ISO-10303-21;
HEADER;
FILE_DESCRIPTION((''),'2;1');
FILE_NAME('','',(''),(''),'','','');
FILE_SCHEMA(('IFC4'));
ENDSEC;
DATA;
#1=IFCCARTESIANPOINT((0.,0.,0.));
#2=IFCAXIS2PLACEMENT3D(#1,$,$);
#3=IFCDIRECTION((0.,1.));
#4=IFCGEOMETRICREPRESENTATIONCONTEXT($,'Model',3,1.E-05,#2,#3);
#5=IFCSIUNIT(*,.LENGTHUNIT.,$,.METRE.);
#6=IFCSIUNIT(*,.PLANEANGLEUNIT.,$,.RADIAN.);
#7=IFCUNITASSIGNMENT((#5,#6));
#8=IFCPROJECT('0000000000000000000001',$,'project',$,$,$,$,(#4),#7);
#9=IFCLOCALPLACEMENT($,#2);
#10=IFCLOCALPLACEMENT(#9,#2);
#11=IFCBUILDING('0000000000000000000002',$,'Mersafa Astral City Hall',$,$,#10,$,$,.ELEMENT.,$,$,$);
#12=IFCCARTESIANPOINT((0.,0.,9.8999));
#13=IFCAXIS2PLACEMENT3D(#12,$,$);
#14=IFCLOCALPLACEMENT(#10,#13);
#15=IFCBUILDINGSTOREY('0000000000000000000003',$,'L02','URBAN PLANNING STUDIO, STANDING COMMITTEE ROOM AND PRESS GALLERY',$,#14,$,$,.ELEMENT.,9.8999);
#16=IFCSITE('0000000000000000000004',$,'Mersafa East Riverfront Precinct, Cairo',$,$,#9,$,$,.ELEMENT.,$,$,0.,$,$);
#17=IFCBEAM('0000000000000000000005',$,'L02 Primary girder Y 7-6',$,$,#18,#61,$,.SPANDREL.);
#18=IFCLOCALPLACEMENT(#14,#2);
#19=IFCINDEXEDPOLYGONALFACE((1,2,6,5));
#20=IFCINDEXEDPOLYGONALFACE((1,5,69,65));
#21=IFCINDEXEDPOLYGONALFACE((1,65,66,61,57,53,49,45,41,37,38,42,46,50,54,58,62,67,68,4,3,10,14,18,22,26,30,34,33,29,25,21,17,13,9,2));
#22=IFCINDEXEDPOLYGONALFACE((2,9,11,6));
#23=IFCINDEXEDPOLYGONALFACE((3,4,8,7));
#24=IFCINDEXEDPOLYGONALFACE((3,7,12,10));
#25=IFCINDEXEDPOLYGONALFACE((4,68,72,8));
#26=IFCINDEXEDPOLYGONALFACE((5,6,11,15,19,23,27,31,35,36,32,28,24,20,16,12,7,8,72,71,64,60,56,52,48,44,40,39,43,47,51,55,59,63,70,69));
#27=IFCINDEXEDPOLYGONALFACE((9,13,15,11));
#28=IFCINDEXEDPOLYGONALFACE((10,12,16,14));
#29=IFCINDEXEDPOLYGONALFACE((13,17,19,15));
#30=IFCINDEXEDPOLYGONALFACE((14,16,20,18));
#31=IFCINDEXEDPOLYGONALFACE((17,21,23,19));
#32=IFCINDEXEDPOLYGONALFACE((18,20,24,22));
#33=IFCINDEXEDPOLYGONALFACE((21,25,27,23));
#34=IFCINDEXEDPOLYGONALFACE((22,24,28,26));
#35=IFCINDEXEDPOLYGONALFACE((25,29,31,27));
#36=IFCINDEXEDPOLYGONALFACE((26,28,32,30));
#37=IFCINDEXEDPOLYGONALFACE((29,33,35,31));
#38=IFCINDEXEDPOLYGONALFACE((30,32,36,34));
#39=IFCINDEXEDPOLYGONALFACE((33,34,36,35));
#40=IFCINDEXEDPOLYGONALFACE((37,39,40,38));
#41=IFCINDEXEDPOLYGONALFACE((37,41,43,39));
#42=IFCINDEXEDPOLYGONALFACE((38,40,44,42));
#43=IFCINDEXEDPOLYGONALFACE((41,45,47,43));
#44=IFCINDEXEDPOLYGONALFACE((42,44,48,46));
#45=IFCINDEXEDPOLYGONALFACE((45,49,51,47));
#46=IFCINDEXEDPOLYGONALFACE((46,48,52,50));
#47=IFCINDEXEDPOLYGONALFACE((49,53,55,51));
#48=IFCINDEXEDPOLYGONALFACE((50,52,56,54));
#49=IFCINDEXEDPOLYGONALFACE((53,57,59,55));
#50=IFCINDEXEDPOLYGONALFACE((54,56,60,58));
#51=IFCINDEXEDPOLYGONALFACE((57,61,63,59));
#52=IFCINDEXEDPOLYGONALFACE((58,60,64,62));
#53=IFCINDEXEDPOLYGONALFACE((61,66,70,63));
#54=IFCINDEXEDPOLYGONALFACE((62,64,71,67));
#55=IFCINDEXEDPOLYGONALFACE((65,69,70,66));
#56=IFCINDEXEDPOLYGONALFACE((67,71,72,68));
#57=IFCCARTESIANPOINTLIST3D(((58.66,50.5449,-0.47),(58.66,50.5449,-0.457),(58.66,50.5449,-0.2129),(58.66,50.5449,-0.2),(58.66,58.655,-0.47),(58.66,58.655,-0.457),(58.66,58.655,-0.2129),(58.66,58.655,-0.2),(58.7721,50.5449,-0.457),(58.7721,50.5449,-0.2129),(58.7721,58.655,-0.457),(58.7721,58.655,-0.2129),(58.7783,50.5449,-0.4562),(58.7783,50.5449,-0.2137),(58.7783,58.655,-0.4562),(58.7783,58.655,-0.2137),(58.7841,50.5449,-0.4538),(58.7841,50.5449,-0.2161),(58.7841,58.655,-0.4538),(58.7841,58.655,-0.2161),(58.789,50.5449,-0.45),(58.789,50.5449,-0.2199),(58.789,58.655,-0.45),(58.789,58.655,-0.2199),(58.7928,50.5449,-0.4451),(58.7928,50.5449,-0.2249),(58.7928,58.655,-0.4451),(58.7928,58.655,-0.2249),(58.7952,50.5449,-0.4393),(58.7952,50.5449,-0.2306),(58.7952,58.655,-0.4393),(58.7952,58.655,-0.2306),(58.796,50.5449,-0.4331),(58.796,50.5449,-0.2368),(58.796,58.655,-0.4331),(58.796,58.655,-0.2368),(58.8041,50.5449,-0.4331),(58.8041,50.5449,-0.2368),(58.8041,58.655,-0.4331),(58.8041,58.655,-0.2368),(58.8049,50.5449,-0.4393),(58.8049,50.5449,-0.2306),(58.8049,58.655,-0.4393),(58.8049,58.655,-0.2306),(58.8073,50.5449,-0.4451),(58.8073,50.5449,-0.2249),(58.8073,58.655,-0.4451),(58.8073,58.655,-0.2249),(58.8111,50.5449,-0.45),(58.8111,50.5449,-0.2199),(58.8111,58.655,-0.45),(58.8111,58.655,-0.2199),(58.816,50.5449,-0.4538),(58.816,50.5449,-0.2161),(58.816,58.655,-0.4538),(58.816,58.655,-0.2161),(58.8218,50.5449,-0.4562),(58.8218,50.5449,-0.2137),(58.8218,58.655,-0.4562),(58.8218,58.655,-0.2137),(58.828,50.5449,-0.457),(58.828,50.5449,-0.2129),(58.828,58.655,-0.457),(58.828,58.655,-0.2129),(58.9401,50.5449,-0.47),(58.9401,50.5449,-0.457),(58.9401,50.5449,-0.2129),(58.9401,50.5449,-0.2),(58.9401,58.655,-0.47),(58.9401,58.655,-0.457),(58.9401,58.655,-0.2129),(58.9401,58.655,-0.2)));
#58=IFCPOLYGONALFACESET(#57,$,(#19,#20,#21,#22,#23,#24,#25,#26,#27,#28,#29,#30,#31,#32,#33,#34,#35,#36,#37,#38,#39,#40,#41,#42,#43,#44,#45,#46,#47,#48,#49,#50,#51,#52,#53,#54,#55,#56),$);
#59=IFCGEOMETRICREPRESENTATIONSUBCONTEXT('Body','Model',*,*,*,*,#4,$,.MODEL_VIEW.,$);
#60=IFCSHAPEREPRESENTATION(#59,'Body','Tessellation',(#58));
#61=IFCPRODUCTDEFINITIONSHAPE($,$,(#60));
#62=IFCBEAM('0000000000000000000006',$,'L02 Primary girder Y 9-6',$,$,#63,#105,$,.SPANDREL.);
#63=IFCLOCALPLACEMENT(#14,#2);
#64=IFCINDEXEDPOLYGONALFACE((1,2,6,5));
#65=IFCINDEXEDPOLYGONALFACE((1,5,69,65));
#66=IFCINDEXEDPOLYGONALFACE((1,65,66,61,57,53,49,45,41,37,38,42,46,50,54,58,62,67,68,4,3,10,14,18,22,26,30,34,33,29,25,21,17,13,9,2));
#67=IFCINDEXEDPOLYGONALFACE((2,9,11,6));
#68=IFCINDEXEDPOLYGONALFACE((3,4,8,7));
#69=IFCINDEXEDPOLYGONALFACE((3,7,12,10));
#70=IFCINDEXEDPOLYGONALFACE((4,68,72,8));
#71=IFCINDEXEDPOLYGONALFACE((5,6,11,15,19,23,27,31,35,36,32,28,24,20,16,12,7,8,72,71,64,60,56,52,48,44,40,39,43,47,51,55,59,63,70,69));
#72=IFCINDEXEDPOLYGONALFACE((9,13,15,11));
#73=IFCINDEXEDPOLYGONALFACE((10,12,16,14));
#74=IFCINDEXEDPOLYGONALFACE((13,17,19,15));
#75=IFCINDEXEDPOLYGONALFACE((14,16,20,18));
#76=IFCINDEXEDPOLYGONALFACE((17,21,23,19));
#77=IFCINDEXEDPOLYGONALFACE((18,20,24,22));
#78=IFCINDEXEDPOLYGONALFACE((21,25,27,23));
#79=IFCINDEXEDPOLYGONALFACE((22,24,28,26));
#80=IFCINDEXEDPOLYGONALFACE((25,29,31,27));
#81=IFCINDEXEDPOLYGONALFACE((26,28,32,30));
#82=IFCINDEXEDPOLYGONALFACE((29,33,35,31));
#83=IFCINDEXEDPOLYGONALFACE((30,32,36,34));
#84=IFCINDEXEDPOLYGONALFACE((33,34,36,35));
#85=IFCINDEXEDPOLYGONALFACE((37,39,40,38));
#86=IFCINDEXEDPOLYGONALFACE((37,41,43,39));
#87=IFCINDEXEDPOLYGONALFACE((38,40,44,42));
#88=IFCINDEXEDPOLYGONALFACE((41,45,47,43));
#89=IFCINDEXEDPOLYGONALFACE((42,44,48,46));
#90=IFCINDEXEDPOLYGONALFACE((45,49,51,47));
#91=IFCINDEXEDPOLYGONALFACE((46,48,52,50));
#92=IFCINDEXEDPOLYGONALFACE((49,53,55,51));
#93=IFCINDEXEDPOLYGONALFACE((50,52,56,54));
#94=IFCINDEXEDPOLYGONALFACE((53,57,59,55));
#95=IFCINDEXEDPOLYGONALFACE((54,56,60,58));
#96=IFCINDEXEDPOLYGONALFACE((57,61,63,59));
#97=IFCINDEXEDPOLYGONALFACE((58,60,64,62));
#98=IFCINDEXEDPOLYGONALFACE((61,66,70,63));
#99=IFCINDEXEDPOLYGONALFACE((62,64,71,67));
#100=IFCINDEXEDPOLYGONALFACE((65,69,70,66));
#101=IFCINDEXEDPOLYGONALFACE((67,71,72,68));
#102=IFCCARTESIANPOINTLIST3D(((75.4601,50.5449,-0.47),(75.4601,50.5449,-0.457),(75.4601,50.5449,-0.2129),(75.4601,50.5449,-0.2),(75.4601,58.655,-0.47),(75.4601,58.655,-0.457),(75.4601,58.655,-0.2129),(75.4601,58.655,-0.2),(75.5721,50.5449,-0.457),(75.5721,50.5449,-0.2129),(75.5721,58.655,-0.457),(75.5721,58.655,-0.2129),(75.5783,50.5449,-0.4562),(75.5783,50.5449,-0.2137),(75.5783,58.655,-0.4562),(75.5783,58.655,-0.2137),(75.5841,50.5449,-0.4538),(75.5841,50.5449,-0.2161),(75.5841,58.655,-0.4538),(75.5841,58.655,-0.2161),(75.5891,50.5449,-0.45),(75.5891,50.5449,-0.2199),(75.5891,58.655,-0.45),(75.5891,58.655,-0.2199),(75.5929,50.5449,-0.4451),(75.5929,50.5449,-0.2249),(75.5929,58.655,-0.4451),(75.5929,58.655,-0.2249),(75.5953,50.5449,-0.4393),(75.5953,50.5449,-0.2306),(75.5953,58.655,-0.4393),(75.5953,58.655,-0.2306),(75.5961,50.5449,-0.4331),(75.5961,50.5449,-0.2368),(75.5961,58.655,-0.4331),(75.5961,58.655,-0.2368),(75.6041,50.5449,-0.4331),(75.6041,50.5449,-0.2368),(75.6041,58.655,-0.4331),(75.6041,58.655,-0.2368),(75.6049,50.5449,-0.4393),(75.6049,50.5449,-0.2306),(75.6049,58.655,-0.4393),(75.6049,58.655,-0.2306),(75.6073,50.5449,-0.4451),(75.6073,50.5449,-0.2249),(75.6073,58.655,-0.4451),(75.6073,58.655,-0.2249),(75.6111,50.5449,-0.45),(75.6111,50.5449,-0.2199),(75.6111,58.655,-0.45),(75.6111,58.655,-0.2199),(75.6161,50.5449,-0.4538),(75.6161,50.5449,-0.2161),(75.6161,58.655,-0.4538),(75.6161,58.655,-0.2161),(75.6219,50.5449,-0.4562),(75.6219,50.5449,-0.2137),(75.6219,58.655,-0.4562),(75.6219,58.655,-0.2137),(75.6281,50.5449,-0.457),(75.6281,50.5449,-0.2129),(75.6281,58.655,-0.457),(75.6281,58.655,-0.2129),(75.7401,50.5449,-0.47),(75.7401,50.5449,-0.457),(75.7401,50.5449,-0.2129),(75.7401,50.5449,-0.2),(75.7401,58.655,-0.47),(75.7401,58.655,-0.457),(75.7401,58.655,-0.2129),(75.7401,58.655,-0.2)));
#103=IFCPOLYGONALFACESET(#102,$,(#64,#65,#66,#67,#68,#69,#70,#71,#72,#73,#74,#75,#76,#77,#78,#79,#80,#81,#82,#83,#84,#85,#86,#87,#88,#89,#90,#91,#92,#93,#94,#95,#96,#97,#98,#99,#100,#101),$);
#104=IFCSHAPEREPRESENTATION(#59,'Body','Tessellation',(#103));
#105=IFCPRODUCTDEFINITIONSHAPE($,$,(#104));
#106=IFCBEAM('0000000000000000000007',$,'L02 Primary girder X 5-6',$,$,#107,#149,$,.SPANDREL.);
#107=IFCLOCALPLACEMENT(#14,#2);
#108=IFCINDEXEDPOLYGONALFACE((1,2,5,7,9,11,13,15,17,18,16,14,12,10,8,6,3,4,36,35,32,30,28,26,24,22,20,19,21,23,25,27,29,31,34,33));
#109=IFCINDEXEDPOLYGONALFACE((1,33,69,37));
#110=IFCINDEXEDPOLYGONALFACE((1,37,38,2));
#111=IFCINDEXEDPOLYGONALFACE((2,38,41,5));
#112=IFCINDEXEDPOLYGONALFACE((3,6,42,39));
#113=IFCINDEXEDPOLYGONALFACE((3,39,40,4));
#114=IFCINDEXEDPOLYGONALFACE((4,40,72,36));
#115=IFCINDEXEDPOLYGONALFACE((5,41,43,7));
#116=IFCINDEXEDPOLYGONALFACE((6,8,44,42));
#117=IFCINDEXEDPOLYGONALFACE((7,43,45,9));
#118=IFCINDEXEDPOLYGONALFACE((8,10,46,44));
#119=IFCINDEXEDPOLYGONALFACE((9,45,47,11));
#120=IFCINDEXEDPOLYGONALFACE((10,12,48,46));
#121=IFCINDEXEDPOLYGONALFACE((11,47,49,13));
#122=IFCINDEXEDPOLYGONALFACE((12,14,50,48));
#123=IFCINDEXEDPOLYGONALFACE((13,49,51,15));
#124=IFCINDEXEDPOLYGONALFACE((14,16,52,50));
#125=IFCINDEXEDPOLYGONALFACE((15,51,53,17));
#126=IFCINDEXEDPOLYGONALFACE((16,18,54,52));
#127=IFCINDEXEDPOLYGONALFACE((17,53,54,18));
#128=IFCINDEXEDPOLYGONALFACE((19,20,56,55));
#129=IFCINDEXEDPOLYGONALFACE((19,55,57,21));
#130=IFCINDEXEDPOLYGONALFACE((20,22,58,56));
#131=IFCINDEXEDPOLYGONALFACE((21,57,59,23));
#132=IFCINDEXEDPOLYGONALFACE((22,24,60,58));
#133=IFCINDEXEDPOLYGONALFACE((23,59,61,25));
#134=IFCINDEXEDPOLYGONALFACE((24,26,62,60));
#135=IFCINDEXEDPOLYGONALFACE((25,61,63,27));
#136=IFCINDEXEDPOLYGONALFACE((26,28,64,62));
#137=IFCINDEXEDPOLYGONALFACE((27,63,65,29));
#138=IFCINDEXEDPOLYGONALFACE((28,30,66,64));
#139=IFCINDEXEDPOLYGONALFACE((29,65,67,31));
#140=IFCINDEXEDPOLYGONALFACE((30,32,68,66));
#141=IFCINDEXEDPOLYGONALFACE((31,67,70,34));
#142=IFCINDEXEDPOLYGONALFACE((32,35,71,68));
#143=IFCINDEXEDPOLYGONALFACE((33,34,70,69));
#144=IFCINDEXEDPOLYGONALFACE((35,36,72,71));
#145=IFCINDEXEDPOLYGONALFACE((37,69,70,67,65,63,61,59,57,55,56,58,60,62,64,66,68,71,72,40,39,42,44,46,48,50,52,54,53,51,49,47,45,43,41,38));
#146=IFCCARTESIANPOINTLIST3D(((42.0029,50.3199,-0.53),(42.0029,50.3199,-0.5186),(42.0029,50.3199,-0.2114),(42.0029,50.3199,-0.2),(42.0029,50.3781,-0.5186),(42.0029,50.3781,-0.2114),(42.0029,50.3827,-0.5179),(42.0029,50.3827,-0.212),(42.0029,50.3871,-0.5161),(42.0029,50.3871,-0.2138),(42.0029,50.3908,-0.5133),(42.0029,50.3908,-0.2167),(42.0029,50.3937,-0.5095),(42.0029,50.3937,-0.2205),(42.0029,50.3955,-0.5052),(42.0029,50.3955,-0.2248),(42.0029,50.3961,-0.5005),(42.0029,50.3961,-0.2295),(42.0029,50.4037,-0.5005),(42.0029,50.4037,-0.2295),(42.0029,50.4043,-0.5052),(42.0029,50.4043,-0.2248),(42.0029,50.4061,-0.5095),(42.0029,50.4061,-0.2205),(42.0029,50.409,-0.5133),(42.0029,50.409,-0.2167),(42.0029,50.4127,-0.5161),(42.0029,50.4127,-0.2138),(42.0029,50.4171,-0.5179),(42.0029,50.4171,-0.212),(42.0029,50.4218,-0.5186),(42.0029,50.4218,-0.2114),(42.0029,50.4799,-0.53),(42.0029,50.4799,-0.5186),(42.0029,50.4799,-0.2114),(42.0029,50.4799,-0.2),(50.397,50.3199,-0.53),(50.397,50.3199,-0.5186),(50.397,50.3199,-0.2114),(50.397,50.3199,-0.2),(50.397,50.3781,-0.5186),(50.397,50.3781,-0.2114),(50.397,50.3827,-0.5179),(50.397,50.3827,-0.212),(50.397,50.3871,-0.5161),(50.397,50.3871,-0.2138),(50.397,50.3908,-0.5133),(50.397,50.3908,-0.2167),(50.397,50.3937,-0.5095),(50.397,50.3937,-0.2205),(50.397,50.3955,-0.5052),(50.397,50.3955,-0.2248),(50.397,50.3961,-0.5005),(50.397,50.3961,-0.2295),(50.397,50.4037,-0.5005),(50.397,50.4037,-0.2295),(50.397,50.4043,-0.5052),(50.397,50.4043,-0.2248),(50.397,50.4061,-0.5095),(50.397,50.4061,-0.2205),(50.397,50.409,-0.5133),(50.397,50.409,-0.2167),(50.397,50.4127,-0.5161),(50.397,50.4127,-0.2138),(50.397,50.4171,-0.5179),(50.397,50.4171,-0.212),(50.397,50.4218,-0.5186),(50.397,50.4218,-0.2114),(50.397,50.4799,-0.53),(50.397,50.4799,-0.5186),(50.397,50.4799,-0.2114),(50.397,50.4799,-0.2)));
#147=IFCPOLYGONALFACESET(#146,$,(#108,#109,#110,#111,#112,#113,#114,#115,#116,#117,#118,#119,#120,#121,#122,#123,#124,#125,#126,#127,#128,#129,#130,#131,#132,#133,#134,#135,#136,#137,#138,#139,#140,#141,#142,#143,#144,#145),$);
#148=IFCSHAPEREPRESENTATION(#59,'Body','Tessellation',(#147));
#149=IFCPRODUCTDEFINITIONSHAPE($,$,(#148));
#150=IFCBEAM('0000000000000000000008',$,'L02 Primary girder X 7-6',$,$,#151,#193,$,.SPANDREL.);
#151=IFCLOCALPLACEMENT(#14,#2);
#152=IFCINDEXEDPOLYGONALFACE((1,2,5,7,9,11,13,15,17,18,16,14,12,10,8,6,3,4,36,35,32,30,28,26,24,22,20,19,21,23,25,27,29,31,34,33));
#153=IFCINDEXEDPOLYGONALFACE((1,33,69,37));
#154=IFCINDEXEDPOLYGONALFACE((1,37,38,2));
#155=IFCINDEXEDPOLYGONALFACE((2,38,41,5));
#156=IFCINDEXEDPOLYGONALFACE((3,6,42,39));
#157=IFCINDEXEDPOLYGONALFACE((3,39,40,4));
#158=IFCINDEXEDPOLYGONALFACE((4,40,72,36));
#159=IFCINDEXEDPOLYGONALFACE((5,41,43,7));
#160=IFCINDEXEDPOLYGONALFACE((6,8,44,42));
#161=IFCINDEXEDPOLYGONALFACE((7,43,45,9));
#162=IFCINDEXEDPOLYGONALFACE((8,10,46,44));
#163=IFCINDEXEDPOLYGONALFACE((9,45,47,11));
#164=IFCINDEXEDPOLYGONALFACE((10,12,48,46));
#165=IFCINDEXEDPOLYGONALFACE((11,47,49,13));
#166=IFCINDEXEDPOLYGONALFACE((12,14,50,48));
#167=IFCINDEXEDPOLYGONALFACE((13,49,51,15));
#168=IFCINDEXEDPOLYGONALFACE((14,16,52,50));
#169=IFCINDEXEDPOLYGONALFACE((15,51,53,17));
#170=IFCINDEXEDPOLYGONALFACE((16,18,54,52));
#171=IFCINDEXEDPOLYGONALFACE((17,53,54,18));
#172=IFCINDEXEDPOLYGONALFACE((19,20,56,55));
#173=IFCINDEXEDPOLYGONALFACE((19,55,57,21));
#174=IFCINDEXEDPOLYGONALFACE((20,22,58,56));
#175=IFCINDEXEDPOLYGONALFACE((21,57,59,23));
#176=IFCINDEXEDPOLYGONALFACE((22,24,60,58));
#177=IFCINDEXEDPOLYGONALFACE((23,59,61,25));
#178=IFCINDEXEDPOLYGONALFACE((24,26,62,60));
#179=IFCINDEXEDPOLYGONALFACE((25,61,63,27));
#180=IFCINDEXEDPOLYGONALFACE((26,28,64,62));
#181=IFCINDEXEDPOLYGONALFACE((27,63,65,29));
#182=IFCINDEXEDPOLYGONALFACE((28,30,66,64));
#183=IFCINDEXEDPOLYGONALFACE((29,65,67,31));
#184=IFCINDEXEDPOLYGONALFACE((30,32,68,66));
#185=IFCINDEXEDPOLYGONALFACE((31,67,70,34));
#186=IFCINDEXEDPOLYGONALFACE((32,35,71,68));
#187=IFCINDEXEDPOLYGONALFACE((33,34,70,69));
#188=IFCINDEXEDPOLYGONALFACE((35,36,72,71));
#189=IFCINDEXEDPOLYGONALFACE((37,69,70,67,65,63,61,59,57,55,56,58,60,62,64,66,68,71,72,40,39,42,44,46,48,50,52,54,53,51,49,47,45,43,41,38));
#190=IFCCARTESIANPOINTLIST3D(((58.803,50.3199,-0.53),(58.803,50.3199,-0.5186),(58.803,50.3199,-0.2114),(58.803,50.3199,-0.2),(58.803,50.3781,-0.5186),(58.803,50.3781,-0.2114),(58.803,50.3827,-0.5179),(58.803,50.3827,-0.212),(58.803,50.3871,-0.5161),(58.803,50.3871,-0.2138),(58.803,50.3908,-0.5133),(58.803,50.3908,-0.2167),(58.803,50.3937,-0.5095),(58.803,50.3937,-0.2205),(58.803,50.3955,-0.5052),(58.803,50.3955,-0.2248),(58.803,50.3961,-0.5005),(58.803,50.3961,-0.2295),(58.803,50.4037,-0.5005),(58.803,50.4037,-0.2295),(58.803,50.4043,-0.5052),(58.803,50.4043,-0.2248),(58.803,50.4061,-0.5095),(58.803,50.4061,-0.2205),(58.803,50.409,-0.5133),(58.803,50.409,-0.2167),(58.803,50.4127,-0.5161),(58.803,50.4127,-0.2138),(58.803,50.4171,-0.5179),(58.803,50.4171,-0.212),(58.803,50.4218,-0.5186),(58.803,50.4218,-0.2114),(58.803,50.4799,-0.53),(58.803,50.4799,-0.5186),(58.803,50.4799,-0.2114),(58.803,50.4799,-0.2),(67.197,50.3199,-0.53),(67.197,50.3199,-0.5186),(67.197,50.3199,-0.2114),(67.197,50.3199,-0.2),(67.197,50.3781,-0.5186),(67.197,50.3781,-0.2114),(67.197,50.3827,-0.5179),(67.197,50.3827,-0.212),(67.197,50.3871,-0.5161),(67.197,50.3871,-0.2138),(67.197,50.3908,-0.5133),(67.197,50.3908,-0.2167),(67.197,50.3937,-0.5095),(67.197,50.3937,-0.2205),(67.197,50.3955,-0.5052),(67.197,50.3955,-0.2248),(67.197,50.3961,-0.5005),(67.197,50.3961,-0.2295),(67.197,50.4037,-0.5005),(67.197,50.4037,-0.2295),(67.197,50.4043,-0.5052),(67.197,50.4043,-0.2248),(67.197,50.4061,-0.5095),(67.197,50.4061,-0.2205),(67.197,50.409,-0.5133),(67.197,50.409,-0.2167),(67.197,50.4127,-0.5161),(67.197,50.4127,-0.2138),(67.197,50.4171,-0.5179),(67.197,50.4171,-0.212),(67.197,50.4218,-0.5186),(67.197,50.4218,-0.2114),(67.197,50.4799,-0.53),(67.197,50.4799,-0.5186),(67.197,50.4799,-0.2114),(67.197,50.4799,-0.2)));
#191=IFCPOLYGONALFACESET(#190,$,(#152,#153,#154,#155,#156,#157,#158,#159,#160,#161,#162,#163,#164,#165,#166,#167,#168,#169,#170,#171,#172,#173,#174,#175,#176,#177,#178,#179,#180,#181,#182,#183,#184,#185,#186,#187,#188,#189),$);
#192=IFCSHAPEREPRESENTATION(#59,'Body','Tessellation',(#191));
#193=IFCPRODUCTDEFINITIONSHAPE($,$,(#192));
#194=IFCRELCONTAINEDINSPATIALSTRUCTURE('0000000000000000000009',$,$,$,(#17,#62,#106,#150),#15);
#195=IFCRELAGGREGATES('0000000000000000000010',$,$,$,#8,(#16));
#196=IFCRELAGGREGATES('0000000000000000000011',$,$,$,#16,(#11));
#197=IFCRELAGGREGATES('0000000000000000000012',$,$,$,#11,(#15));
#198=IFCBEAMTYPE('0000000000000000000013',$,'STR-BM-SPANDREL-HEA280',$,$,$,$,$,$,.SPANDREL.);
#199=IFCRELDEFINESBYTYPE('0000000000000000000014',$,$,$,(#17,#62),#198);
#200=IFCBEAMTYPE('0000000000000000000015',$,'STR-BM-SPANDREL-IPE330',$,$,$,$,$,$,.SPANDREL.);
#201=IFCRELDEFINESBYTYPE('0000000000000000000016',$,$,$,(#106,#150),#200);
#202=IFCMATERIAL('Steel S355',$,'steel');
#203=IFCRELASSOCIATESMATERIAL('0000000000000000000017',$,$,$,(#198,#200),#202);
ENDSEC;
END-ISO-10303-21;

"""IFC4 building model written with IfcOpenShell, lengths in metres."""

from ifc_helpers import new_model, si_unit, direction, frame, origin, origin_2d, place, context, subcontext, project, spatial, i_section, extrude, material, material_profile, profile_set, type_object, element, save


model = new_model("IFC4")

# Units and contexts
model_context = context("Model", 3, precision=1e-05, world=origin(), true_north=direction((0.0, 1.0)))
body_context = subcontext(model_context, "Body", "Model", "MODEL_VIEW")
ifc_project = project(units=[si_unit("LENGTHUNIT", "METRE"), si_unit("PLANEANGLEUNIT", "RADIAN")], contexts=[model_context])

# Site, building, storey
site_placement = place(None, origin())
site = spatial("IfcSite", under=ifc_project, at=site_placement, Name="Mersafa East Riverfront Precinct, Cairo", CompositionType="ELEMENT", RefElevation=0.0)
building_placement = place(site_placement, origin())
building = spatial("IfcBuilding", under=site, at=building_placement, Name="Mersafa Astral City Hall", CompositionType="ELEMENT")
storey_placement = place(building_placement, frame((0.0, 0.0, 9.8999)))
storey = spatial("IfcBuildingStorey", under=building, at=storey_placement, Name="L02", Description="URBAN PLANNING STUDIO, STANDING COMMITTEE ROOM AND PRESS GALLERY", CompositionType="ELEMENT", Elevation=9.8999)

# Beams
ifc_material_1 = material(Name="Steel S355", Category="steel")
ifc_material_profile_1 = material_profile(ifc_material_1, i_section(OverallWidth=0.28, OverallDepth=0.27, WebThickness=0.0081, FlangeThickness=0.0129, FilletRadius=0.0239, at=origin_2d()), Name="HEA 280")
ifc_profile_set_1 = profile_set([ifc_material_profile_1], Name="Steel S355")
beam_type_1 = type_object("IfcBeamType", Name="STR-BM-SPANDREL-HEA280", PredefinedType="SPANDREL", material=ifc_profile_set_1)
for number, where, z_axis, x_axis, name in (
    (1, (58.8, 50.5449, -0.335), (0.0, 1.0, 0.0), (-1.0, 0.0, 0.0), "L02 Primary girder Y 7-6"),
    (2, (75.6001, 50.5449, -0.335), (0.0, 1.0, 0.0), (-1.0, 0.0, 0.0), "L02 Primary girder Y 9-6"),
):
    element("IfcBeam", number, at=place(storey_placement, frame(where, z_axis=z_axis, x_axis=x_axis)), inside=storey, type_object=beam_type_1, Name=name, PredefinedType="SPANDREL", context=body_context, shape_type="SweptSolid", body=[
        extrude(i_section(OverallWidth=0.28, OverallDepth=0.27, WebThickness=0.0081, FlangeThickness=0.0129, FilletRadius=0.0239, at=origin_2d()), origin(), (0.0, 0.0, 1.0), 8.1101),
    ])
ifc_material_profile_2 = material_profile(ifc_material_1, i_section(OverallWidth=0.1599, OverallDepth=0.3301, WebThickness=0.0076, FlangeThickness=0.0115, FilletRadius=0.0181, at=origin_2d()), Name="IPE 330")
ifc_profile_set_2 = profile_set([ifc_material_profile_2], Name="Steel S355")
beam_type_2 = type_object("IfcBeamType", Name="STR-BM-SPANDREL-IPE330", PredefinedType="SPANDREL", material=ifc_profile_set_2)
for number, where, z_axis, x_axis, name in (
    (3, (42.0029, 50.3999, -0.365), (1.0, 0.0, 0.0), (0.0, 1.0, 0.0), "L02 Primary girder X 5-6"),
    (4, (58.803, 50.3999, -0.365), (1.0, 0.0, 0.0), (0.0, 1.0, 0.0), "L02 Primary girder X 7-6"),
):
    element("IfcBeam", number, at=place(storey_placement, frame(where, z_axis=z_axis, x_axis=x_axis)), inside=storey, type_object=beam_type_2, Name=name, PredefinedType="SPANDREL", context=body_context, shape_type="SweptSolid", body=[
        extrude(i_section(OverallWidth=0.1599, OverallDepth=0.3301, WebThickness=0.0076, FlangeThickness=0.0115, FilletRadius=0.0181, at=origin_2d()), origin(), (0.0, 0.0, 1.0), 8.394),
    ])

save(model, "model.ifc")
